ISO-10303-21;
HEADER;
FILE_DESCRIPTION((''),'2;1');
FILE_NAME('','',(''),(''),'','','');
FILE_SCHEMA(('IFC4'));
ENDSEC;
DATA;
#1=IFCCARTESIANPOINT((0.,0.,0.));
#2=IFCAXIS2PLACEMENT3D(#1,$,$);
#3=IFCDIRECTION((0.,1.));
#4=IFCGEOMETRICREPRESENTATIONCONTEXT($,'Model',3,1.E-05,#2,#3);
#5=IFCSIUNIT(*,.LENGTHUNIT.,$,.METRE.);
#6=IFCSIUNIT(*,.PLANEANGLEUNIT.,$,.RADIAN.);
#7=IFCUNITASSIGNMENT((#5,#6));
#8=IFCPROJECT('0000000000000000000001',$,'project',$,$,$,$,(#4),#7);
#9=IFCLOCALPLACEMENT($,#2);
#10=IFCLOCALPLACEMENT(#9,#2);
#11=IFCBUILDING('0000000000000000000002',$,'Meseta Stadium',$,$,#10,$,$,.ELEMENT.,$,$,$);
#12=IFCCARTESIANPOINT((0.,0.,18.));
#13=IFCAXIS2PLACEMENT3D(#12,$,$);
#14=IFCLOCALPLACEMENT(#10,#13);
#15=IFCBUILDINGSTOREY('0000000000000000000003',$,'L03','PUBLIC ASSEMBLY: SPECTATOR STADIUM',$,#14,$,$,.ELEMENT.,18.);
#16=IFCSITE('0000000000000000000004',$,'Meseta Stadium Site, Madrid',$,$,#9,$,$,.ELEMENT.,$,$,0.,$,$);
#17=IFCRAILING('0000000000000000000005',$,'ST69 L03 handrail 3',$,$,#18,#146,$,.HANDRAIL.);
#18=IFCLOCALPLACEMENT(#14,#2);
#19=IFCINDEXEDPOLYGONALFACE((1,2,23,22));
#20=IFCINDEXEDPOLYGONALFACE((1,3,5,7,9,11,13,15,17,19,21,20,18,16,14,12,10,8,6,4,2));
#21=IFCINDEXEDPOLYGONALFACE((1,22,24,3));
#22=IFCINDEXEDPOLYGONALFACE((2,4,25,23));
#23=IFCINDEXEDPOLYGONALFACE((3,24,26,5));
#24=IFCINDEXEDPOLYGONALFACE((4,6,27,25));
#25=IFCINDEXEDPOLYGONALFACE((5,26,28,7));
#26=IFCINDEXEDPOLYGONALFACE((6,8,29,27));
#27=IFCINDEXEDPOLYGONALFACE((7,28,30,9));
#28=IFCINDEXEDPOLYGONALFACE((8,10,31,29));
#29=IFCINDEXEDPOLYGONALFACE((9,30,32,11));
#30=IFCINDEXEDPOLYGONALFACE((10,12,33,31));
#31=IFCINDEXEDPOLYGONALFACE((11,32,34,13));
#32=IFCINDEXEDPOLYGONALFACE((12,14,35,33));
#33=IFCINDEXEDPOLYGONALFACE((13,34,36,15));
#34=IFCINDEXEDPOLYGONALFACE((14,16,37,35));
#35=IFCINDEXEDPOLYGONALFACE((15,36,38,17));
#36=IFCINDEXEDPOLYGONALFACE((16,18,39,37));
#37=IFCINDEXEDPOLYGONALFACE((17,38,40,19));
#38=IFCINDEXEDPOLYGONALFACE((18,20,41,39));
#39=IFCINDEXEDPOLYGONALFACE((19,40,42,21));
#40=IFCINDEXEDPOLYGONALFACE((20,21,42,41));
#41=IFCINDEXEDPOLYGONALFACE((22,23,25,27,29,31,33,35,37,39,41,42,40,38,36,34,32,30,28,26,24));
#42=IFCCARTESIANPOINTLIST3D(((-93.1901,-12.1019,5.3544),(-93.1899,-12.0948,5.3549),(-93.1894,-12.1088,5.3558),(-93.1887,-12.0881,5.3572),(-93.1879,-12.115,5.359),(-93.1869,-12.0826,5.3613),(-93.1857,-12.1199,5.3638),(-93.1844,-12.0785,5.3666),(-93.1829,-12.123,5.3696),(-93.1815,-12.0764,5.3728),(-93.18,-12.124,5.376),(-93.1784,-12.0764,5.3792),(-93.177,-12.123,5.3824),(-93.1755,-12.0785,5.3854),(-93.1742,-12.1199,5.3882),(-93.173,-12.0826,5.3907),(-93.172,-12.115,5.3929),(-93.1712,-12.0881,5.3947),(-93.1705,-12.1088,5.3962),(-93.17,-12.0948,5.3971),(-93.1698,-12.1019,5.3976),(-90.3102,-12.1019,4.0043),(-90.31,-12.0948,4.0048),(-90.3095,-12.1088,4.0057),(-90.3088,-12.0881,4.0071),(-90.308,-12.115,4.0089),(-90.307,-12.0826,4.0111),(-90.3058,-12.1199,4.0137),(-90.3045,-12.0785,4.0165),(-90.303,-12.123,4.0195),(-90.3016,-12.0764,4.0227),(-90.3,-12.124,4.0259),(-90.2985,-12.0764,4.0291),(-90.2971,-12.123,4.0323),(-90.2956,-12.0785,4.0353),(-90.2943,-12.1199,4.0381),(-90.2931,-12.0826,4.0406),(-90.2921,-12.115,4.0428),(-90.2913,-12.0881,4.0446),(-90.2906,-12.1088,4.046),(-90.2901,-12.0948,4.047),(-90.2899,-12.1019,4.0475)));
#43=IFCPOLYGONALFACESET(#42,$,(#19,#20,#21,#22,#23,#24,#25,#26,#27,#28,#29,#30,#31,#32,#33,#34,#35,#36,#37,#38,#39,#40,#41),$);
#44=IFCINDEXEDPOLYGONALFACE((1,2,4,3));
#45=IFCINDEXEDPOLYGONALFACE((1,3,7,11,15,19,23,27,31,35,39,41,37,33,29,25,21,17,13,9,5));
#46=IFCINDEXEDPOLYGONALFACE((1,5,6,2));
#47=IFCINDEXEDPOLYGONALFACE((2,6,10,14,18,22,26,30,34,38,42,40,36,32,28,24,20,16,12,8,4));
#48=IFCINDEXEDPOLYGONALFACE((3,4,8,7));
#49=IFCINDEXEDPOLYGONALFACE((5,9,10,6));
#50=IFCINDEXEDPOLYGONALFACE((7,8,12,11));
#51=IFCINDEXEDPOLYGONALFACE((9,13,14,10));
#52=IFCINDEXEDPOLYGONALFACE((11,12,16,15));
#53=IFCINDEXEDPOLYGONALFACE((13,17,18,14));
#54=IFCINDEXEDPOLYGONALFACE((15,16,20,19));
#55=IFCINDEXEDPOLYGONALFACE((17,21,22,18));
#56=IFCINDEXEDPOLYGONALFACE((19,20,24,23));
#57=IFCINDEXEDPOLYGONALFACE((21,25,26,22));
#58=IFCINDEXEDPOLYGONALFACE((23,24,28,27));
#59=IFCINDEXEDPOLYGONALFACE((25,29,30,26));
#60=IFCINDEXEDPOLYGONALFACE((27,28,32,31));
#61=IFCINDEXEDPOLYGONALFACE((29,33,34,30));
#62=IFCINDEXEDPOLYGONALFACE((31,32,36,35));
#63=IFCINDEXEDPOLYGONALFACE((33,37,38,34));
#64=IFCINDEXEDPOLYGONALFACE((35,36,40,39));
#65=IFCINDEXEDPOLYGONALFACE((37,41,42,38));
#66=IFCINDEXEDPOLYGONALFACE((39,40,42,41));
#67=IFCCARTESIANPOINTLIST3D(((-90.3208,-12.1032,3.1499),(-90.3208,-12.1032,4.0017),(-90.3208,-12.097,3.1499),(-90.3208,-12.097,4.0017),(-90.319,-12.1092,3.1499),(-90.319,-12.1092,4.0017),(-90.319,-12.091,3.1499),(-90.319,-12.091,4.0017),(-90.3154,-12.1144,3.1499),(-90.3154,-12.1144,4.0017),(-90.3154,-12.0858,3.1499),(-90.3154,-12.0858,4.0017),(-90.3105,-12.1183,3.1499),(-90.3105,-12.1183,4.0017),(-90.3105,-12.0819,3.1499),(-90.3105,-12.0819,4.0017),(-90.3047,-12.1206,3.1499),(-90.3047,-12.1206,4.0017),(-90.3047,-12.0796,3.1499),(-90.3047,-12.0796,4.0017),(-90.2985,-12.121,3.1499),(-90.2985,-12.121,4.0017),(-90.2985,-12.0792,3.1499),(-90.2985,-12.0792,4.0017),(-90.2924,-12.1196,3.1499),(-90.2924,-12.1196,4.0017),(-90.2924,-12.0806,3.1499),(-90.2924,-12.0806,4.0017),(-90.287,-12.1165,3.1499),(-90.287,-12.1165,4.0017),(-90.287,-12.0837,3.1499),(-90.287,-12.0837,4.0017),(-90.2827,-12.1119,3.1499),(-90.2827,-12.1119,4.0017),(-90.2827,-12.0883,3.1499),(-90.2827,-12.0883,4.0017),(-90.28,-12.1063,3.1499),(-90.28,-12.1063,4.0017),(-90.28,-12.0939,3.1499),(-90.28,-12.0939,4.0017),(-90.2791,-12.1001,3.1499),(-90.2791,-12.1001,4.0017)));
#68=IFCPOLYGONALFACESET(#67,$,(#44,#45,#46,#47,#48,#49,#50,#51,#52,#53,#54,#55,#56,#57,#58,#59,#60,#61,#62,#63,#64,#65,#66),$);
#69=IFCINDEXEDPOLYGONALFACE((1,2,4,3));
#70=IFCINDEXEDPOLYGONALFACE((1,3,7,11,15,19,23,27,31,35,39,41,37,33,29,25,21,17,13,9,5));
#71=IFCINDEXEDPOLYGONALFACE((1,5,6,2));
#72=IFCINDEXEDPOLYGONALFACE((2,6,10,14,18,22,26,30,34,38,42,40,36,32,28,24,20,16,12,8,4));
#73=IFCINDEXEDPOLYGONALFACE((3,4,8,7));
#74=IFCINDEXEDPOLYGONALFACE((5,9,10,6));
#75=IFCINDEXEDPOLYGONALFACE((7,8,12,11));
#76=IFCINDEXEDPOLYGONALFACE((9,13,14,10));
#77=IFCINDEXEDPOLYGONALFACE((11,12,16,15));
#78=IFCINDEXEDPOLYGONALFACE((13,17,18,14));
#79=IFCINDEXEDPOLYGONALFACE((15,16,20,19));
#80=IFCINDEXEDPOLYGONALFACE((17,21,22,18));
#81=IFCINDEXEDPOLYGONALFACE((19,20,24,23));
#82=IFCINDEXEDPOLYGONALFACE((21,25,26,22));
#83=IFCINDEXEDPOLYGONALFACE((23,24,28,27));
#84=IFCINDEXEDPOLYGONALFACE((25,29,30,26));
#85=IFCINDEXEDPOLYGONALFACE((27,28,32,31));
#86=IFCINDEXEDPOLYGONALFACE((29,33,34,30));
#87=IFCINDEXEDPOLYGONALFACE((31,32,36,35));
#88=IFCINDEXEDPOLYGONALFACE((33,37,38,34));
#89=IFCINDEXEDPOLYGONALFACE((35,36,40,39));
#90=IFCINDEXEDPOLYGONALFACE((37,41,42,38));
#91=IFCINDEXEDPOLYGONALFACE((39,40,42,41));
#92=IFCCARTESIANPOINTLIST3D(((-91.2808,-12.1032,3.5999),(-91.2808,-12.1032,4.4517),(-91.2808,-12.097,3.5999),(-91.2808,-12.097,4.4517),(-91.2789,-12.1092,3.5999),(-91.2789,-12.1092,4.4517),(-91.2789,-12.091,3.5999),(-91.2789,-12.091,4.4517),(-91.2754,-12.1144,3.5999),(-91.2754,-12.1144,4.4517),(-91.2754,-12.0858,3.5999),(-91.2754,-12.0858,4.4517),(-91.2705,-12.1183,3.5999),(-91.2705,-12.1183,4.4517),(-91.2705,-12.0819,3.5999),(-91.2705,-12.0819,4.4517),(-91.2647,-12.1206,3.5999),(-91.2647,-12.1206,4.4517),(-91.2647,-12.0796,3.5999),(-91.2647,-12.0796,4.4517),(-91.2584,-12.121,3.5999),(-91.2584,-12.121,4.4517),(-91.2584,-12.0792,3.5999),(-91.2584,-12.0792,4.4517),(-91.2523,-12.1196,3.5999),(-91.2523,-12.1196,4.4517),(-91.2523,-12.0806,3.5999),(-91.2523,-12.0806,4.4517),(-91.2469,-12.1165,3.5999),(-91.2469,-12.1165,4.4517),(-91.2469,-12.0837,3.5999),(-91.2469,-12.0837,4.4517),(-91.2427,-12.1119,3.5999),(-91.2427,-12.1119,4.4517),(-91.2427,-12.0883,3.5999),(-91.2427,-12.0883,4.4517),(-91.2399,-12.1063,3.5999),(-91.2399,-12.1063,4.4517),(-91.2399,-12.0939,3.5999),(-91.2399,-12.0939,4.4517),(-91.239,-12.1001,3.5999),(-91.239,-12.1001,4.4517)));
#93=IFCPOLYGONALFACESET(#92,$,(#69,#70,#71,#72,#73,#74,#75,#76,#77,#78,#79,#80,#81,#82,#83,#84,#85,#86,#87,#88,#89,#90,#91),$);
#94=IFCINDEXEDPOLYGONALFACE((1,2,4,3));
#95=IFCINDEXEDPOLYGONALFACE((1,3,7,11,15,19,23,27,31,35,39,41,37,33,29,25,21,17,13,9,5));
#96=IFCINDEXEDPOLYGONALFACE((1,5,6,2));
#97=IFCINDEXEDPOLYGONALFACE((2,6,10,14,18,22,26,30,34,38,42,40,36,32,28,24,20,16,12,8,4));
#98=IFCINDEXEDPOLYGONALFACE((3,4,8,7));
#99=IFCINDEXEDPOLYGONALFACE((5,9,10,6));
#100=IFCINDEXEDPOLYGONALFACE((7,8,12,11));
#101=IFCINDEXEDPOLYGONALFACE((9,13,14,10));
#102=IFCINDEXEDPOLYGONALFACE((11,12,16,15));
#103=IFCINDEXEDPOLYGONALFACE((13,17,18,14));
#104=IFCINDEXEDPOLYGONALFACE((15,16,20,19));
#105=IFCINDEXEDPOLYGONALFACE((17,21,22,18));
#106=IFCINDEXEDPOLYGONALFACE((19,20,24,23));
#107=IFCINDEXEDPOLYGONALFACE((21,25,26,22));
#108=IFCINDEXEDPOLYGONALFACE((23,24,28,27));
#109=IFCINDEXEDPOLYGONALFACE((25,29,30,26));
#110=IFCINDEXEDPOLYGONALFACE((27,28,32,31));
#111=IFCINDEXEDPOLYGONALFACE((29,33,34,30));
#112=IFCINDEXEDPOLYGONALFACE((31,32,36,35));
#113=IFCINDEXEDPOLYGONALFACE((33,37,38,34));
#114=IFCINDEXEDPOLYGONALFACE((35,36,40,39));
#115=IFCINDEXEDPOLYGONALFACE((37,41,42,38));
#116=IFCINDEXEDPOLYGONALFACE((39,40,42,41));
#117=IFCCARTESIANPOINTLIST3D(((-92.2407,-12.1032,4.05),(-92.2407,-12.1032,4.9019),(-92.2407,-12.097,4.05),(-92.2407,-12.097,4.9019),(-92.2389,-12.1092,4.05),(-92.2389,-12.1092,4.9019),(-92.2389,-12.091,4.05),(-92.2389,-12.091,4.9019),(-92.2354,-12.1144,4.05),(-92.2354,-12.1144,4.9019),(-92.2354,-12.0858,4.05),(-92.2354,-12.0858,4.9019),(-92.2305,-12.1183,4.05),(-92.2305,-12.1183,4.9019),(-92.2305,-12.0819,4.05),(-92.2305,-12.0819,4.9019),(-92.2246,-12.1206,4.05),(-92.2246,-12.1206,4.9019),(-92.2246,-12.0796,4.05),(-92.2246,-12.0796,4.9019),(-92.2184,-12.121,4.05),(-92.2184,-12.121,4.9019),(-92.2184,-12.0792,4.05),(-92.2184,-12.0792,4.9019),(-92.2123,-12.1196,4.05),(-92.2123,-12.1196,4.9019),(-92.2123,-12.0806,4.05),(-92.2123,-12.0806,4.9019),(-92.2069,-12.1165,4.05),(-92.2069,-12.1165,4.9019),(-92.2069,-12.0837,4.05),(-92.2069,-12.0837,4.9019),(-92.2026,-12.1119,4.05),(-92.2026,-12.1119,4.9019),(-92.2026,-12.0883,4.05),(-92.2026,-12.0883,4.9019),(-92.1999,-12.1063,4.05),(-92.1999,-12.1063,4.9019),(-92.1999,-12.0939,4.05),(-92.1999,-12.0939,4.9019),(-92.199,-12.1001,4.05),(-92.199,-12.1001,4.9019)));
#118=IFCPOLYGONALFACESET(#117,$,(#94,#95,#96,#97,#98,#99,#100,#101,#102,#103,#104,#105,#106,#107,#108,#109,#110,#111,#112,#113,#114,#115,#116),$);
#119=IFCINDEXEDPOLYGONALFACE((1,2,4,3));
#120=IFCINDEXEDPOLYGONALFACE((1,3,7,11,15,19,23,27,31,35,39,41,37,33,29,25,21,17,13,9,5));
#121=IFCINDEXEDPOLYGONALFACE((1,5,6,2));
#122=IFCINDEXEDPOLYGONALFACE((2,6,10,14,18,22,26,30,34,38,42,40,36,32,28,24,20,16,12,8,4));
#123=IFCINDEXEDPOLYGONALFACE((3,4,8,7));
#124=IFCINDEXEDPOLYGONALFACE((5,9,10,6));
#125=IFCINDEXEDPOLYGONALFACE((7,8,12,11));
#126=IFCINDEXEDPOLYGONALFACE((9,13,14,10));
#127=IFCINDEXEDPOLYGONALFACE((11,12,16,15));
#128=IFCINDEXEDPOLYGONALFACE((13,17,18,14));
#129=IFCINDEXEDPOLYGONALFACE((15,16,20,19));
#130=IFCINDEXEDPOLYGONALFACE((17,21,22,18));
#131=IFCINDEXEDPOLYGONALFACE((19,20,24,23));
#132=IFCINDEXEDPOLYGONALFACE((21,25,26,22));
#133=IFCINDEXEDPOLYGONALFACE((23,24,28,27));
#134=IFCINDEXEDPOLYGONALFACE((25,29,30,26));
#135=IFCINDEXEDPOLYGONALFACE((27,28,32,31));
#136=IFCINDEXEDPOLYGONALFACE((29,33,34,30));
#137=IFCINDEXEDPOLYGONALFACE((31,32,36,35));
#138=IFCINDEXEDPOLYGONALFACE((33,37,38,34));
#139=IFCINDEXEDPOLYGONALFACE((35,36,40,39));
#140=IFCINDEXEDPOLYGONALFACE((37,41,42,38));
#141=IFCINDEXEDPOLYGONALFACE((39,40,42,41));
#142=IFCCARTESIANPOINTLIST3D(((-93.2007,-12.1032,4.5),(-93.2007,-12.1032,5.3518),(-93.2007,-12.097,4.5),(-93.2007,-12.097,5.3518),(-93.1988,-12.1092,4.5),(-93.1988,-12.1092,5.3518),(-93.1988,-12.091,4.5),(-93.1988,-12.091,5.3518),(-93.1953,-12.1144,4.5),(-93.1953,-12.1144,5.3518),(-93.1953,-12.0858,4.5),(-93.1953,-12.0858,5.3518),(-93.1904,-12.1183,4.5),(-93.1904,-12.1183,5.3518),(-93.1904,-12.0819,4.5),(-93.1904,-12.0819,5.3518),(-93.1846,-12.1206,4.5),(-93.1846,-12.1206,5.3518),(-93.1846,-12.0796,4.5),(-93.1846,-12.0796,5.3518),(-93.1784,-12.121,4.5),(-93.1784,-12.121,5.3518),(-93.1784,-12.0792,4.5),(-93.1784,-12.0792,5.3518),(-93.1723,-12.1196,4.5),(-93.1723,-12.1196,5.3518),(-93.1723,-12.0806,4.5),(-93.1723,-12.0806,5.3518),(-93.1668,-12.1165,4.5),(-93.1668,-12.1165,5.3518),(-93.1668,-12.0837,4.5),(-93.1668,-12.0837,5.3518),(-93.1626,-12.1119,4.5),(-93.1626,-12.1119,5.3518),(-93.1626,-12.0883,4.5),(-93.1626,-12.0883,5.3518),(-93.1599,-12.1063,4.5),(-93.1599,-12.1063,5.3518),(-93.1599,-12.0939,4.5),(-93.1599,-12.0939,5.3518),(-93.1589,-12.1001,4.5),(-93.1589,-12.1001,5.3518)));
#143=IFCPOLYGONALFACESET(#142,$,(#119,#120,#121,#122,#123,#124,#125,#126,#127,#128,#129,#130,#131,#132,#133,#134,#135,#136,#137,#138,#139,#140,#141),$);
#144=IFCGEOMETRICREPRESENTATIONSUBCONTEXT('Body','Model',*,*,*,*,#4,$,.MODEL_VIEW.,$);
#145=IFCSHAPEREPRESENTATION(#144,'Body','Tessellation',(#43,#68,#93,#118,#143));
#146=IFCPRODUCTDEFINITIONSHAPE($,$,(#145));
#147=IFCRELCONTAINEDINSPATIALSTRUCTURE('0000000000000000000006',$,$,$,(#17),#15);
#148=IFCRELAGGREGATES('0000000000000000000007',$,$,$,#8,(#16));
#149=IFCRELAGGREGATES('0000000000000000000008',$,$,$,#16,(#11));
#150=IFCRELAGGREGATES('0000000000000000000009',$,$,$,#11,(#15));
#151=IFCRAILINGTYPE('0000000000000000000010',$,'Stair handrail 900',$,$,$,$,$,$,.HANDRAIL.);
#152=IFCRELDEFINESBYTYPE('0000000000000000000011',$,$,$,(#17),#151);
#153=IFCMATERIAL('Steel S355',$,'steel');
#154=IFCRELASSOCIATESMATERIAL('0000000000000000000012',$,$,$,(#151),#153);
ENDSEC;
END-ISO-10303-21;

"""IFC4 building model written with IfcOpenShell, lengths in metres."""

from ifc_helpers import new_model, si_unit, direction, frame, origin, origin_2d, place, context, subcontext, project, spatial, circle, extrude, material, type_object, element, save


model = new_model("IFC4")

# Units and contexts
model_context = context("Model", 3, precision=1e-05, world=origin(), true_north=direction((0.0, 1.0)))
body_context = subcontext(model_context, "Body", "Model", "MODEL_VIEW")
ifc_project = project(units=[si_unit("LENGTHUNIT", "METRE"), si_unit("PLANEANGLEUNIT", "RADIAN")], contexts=[model_context])

# Site, building, storey
site_placement = place(None, origin())
site = spatial("IfcSite", under=ifc_project, at=site_placement, Name="Meseta Stadium Site, Madrid", CompositionType="ELEMENT", RefElevation=0.0)
building_placement = place(site_placement, origin())
building = spatial("IfcBuilding", under=site, at=building_placement, Name="Meseta Stadium", CompositionType="ELEMENT")
storey_placement = place(building_placement, frame((0.0, 0.0, 18.0)))
storey = spatial("IfcBuildingStorey", under=building, at=storey_placement, Name="L03", Description="PUBLIC ASSEMBLY: SPECTATOR STADIUM", CompositionType="ELEMENT", Elevation=18.0)

# Railing
ifc_material_1 = material(Name="Steel S355", Category="steel")
railing_type = type_object("IfcRailingType", Name="Stair handrail 900", PredefinedType="HANDRAIL", material=ifc_material_1)
for number, where, name in (
    (1, (-90.3, -12.1001, 3.1499), "ST69 L03 handrail 3"),
):
    element("IfcRailing", number, at=place(storey_placement, frame(where)), inside=storey, type_object=railing_type, Name=name, PredefinedType="HANDRAIL", context=body_context, shape_type="SweptSolid", body=[
        extrude(circle(Radius=0.0239, at=origin_2d()), frame((0.0, 0.0, 0.876), z_axis=(-0.90544, 0.0, 0.424473), x_axis=(0.0, -1.0, 0.0)), (0.0, 0.0, 1.0), 3.1807),
        extrude(circle(Radius=0.021, at=origin_2d()), origin(), (0.0, 0.0, 1.0), 0.8518),
        extrude(circle(Radius=0.021, at=origin_2d()), frame((-0.96, 0.0, 0.45)), (0.0, 0.0, 1.0), 0.8518),
        extrude(circle(Radius=0.021, at=origin_2d()), frame((-1.9199, 0.0, 0.9001)), (0.0, 0.0, 1.0), 0.8518),
        extrude(circle(Radius=0.021, at=origin_2d()), frame((-2.8799, 0.0, 1.3501)), (0.0, 0.0, 1.0), 0.8518),
    ])

save(model, "model.ifc")
